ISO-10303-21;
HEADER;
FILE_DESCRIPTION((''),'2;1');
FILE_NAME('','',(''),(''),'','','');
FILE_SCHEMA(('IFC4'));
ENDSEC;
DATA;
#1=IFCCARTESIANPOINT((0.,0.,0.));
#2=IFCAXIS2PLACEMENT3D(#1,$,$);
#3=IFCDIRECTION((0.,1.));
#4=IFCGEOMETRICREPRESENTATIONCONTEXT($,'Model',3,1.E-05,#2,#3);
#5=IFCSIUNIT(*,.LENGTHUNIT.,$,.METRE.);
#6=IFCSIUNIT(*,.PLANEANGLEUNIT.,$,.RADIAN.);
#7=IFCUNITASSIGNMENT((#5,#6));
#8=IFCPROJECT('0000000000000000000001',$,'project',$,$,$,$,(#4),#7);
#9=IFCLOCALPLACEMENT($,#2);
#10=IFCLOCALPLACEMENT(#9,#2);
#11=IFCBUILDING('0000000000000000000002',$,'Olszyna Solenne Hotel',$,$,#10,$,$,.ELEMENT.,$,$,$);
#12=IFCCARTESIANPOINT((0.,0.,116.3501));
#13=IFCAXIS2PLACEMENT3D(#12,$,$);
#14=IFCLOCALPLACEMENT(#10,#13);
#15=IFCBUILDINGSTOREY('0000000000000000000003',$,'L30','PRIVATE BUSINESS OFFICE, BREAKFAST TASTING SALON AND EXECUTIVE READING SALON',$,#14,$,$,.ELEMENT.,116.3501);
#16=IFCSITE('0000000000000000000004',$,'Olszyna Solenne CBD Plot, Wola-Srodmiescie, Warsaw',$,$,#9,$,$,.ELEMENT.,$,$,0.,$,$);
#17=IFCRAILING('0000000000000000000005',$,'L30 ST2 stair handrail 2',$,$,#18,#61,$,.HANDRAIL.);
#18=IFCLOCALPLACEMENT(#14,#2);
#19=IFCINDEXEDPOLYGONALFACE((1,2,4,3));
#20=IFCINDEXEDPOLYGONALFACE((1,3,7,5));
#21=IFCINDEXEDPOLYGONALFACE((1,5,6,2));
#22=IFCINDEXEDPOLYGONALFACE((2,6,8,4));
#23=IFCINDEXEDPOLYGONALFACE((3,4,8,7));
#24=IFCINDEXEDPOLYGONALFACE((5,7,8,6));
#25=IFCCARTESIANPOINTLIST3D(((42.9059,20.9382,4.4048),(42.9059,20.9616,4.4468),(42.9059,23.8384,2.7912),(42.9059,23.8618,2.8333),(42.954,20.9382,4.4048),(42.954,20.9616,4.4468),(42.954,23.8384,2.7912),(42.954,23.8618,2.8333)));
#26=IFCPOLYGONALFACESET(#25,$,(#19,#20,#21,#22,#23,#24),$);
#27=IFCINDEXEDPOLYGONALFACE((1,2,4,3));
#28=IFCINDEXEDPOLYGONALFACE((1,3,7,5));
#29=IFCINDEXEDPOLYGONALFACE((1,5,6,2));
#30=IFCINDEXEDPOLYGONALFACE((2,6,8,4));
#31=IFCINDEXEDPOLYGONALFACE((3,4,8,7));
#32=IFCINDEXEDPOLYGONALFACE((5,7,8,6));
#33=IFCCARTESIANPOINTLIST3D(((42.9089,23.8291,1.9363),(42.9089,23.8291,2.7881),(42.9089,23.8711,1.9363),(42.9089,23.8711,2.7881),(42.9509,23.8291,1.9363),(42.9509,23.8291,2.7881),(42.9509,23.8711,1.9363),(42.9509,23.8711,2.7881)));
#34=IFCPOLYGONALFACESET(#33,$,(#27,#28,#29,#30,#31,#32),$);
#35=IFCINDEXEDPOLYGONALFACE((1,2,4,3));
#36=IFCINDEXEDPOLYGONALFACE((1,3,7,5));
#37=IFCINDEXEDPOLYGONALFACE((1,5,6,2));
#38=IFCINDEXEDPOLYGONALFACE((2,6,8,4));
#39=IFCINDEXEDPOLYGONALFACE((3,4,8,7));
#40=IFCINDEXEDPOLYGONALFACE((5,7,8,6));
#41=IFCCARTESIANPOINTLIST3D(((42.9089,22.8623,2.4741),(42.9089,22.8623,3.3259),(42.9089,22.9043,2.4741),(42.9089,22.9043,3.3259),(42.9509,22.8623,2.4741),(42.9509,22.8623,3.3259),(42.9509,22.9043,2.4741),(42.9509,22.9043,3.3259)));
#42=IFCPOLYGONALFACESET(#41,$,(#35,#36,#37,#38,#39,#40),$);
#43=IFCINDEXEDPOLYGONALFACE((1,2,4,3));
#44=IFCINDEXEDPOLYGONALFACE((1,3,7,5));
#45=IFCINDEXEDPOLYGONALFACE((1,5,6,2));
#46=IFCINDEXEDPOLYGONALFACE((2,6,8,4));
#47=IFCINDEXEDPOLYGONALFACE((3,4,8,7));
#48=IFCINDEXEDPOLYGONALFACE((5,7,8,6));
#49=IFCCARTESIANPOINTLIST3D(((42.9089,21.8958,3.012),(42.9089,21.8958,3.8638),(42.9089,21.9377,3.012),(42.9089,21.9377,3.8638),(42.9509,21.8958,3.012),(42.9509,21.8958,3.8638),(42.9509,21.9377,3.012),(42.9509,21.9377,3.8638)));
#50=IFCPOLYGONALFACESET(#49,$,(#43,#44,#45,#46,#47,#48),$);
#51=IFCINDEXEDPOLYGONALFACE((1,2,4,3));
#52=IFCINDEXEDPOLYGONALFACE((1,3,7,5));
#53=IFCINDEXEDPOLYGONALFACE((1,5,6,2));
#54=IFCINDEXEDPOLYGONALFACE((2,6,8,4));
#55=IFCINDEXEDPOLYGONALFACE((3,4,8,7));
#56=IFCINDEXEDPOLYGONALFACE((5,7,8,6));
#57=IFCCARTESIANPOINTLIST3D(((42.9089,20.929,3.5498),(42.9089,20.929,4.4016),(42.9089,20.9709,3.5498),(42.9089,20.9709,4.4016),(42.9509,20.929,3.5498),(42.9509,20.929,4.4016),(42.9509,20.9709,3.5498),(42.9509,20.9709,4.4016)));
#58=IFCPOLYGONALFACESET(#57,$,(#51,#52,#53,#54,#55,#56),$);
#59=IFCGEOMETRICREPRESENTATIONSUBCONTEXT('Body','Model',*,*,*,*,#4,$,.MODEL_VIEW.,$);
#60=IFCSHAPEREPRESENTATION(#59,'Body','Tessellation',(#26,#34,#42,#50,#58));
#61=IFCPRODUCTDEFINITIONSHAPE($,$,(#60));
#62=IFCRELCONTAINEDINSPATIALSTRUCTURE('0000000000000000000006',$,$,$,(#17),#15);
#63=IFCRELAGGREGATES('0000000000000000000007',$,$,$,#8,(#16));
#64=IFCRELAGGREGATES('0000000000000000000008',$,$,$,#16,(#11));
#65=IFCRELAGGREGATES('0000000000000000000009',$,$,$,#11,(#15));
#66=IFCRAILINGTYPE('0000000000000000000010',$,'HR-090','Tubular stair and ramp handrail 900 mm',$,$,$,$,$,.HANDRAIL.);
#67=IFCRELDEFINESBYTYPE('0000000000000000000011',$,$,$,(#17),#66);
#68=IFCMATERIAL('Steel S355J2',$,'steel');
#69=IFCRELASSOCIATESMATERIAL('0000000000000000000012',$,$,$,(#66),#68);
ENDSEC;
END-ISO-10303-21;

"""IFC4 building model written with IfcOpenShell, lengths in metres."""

from ifc_helpers import new_model, si_unit, direction, frame, origin, origin_2d, place, context, subcontext, project, spatial, rectangle, extrude, material, type_object, element, save


model = new_model("IFC4")

# Units and contexts
model_context = context("Model", 3, precision=1e-05, world=origin(), true_north=direction((0.0, 1.0)))
body_context = subcontext(model_context, "Body", "Model", "MODEL_VIEW")
ifc_project = project(units=[si_unit("LENGTHUNIT", "METRE"), si_unit("PLANEANGLEUNIT", "RADIAN")], contexts=[model_context])

# Site, building, storey
site_placement = place(None, origin())
site = spatial("IfcSite", under=ifc_project, at=site_placement, Name="Olszyna Solenne CBD Plot, Wola-Srodmiescie, Warsaw", CompositionType="ELEMENT", RefElevation=0.0)
building_placement = place(site_placement, origin())
building = spatial("IfcBuilding", under=site, at=building_placement, Name="Olszyna Solenne Hotel", CompositionType="ELEMENT")
storey_placement = place(building_placement, frame((0.0, 0.0, 116.3501)))
storey = spatial("IfcBuildingStorey", under=building, at=storey_placement, Name="L30", Description="PRIVATE BUSINESS OFFICE, BREAKFAST TASTING SALON AND EXECUTIVE READING SALON", CompositionType="ELEMENT", Elevation=116.3501)

# Shared definitions
ifc_material_1 = material(Name="Steel S355J2", Category="steel")

# Railing
railing_type_1 = type_object("IfcRailingType", Name="HR-090", Description="Tubular stair and ramp handrail 900 mm", PredefinedType="HANDRAIL", material=ifc_material_1)
railing_1_placement = place(storey_placement, frame((42.9299, 23.8501, 1.9363)))
element("IfcRailing", 1, at=railing_1_placement, inside=storey, type_object=railing_type_1, Name="L30 ST2 stair handrail 2", PredefinedType="HANDRAIL", context=body_context, shape_type="SweptSolid", body=[
    extrude(rectangle(XDim=0.0481, YDim=0.0481, at=origin_2d()), frame((0.0, 0.0, 0.876), z_axis=(0.0, -0.873859, 0.48618), x_axis=(1.0, 0.0, 0.0)), (0.0, 0.0, 1.0), 3.3188),
    extrude(rectangle(XDim=0.042, YDim=0.042, at=origin_2d()), origin(), (0.0, 0.0, 1.0), 0.8518),
    extrude(rectangle(XDim=0.042, YDim=0.042, at=origin_2d()), frame((0.0, -0.9668, 0.5378)), (0.0, 0.0, 1.0), 0.8518),
    extrude(rectangle(XDim=0.042, YDim=0.042, at=origin_2d()), frame((0.0, -1.9333, 1.0757)), (0.0, 0.0, 1.0), 0.8518),
    extrude(rectangle(XDim=0.042, YDim=0.042, at=origin_2d()), frame((0.0, -2.9001, 1.6135)), (0.0, 0.0, 1.0), 0.8518),
])

save(model, "model.ifc")
